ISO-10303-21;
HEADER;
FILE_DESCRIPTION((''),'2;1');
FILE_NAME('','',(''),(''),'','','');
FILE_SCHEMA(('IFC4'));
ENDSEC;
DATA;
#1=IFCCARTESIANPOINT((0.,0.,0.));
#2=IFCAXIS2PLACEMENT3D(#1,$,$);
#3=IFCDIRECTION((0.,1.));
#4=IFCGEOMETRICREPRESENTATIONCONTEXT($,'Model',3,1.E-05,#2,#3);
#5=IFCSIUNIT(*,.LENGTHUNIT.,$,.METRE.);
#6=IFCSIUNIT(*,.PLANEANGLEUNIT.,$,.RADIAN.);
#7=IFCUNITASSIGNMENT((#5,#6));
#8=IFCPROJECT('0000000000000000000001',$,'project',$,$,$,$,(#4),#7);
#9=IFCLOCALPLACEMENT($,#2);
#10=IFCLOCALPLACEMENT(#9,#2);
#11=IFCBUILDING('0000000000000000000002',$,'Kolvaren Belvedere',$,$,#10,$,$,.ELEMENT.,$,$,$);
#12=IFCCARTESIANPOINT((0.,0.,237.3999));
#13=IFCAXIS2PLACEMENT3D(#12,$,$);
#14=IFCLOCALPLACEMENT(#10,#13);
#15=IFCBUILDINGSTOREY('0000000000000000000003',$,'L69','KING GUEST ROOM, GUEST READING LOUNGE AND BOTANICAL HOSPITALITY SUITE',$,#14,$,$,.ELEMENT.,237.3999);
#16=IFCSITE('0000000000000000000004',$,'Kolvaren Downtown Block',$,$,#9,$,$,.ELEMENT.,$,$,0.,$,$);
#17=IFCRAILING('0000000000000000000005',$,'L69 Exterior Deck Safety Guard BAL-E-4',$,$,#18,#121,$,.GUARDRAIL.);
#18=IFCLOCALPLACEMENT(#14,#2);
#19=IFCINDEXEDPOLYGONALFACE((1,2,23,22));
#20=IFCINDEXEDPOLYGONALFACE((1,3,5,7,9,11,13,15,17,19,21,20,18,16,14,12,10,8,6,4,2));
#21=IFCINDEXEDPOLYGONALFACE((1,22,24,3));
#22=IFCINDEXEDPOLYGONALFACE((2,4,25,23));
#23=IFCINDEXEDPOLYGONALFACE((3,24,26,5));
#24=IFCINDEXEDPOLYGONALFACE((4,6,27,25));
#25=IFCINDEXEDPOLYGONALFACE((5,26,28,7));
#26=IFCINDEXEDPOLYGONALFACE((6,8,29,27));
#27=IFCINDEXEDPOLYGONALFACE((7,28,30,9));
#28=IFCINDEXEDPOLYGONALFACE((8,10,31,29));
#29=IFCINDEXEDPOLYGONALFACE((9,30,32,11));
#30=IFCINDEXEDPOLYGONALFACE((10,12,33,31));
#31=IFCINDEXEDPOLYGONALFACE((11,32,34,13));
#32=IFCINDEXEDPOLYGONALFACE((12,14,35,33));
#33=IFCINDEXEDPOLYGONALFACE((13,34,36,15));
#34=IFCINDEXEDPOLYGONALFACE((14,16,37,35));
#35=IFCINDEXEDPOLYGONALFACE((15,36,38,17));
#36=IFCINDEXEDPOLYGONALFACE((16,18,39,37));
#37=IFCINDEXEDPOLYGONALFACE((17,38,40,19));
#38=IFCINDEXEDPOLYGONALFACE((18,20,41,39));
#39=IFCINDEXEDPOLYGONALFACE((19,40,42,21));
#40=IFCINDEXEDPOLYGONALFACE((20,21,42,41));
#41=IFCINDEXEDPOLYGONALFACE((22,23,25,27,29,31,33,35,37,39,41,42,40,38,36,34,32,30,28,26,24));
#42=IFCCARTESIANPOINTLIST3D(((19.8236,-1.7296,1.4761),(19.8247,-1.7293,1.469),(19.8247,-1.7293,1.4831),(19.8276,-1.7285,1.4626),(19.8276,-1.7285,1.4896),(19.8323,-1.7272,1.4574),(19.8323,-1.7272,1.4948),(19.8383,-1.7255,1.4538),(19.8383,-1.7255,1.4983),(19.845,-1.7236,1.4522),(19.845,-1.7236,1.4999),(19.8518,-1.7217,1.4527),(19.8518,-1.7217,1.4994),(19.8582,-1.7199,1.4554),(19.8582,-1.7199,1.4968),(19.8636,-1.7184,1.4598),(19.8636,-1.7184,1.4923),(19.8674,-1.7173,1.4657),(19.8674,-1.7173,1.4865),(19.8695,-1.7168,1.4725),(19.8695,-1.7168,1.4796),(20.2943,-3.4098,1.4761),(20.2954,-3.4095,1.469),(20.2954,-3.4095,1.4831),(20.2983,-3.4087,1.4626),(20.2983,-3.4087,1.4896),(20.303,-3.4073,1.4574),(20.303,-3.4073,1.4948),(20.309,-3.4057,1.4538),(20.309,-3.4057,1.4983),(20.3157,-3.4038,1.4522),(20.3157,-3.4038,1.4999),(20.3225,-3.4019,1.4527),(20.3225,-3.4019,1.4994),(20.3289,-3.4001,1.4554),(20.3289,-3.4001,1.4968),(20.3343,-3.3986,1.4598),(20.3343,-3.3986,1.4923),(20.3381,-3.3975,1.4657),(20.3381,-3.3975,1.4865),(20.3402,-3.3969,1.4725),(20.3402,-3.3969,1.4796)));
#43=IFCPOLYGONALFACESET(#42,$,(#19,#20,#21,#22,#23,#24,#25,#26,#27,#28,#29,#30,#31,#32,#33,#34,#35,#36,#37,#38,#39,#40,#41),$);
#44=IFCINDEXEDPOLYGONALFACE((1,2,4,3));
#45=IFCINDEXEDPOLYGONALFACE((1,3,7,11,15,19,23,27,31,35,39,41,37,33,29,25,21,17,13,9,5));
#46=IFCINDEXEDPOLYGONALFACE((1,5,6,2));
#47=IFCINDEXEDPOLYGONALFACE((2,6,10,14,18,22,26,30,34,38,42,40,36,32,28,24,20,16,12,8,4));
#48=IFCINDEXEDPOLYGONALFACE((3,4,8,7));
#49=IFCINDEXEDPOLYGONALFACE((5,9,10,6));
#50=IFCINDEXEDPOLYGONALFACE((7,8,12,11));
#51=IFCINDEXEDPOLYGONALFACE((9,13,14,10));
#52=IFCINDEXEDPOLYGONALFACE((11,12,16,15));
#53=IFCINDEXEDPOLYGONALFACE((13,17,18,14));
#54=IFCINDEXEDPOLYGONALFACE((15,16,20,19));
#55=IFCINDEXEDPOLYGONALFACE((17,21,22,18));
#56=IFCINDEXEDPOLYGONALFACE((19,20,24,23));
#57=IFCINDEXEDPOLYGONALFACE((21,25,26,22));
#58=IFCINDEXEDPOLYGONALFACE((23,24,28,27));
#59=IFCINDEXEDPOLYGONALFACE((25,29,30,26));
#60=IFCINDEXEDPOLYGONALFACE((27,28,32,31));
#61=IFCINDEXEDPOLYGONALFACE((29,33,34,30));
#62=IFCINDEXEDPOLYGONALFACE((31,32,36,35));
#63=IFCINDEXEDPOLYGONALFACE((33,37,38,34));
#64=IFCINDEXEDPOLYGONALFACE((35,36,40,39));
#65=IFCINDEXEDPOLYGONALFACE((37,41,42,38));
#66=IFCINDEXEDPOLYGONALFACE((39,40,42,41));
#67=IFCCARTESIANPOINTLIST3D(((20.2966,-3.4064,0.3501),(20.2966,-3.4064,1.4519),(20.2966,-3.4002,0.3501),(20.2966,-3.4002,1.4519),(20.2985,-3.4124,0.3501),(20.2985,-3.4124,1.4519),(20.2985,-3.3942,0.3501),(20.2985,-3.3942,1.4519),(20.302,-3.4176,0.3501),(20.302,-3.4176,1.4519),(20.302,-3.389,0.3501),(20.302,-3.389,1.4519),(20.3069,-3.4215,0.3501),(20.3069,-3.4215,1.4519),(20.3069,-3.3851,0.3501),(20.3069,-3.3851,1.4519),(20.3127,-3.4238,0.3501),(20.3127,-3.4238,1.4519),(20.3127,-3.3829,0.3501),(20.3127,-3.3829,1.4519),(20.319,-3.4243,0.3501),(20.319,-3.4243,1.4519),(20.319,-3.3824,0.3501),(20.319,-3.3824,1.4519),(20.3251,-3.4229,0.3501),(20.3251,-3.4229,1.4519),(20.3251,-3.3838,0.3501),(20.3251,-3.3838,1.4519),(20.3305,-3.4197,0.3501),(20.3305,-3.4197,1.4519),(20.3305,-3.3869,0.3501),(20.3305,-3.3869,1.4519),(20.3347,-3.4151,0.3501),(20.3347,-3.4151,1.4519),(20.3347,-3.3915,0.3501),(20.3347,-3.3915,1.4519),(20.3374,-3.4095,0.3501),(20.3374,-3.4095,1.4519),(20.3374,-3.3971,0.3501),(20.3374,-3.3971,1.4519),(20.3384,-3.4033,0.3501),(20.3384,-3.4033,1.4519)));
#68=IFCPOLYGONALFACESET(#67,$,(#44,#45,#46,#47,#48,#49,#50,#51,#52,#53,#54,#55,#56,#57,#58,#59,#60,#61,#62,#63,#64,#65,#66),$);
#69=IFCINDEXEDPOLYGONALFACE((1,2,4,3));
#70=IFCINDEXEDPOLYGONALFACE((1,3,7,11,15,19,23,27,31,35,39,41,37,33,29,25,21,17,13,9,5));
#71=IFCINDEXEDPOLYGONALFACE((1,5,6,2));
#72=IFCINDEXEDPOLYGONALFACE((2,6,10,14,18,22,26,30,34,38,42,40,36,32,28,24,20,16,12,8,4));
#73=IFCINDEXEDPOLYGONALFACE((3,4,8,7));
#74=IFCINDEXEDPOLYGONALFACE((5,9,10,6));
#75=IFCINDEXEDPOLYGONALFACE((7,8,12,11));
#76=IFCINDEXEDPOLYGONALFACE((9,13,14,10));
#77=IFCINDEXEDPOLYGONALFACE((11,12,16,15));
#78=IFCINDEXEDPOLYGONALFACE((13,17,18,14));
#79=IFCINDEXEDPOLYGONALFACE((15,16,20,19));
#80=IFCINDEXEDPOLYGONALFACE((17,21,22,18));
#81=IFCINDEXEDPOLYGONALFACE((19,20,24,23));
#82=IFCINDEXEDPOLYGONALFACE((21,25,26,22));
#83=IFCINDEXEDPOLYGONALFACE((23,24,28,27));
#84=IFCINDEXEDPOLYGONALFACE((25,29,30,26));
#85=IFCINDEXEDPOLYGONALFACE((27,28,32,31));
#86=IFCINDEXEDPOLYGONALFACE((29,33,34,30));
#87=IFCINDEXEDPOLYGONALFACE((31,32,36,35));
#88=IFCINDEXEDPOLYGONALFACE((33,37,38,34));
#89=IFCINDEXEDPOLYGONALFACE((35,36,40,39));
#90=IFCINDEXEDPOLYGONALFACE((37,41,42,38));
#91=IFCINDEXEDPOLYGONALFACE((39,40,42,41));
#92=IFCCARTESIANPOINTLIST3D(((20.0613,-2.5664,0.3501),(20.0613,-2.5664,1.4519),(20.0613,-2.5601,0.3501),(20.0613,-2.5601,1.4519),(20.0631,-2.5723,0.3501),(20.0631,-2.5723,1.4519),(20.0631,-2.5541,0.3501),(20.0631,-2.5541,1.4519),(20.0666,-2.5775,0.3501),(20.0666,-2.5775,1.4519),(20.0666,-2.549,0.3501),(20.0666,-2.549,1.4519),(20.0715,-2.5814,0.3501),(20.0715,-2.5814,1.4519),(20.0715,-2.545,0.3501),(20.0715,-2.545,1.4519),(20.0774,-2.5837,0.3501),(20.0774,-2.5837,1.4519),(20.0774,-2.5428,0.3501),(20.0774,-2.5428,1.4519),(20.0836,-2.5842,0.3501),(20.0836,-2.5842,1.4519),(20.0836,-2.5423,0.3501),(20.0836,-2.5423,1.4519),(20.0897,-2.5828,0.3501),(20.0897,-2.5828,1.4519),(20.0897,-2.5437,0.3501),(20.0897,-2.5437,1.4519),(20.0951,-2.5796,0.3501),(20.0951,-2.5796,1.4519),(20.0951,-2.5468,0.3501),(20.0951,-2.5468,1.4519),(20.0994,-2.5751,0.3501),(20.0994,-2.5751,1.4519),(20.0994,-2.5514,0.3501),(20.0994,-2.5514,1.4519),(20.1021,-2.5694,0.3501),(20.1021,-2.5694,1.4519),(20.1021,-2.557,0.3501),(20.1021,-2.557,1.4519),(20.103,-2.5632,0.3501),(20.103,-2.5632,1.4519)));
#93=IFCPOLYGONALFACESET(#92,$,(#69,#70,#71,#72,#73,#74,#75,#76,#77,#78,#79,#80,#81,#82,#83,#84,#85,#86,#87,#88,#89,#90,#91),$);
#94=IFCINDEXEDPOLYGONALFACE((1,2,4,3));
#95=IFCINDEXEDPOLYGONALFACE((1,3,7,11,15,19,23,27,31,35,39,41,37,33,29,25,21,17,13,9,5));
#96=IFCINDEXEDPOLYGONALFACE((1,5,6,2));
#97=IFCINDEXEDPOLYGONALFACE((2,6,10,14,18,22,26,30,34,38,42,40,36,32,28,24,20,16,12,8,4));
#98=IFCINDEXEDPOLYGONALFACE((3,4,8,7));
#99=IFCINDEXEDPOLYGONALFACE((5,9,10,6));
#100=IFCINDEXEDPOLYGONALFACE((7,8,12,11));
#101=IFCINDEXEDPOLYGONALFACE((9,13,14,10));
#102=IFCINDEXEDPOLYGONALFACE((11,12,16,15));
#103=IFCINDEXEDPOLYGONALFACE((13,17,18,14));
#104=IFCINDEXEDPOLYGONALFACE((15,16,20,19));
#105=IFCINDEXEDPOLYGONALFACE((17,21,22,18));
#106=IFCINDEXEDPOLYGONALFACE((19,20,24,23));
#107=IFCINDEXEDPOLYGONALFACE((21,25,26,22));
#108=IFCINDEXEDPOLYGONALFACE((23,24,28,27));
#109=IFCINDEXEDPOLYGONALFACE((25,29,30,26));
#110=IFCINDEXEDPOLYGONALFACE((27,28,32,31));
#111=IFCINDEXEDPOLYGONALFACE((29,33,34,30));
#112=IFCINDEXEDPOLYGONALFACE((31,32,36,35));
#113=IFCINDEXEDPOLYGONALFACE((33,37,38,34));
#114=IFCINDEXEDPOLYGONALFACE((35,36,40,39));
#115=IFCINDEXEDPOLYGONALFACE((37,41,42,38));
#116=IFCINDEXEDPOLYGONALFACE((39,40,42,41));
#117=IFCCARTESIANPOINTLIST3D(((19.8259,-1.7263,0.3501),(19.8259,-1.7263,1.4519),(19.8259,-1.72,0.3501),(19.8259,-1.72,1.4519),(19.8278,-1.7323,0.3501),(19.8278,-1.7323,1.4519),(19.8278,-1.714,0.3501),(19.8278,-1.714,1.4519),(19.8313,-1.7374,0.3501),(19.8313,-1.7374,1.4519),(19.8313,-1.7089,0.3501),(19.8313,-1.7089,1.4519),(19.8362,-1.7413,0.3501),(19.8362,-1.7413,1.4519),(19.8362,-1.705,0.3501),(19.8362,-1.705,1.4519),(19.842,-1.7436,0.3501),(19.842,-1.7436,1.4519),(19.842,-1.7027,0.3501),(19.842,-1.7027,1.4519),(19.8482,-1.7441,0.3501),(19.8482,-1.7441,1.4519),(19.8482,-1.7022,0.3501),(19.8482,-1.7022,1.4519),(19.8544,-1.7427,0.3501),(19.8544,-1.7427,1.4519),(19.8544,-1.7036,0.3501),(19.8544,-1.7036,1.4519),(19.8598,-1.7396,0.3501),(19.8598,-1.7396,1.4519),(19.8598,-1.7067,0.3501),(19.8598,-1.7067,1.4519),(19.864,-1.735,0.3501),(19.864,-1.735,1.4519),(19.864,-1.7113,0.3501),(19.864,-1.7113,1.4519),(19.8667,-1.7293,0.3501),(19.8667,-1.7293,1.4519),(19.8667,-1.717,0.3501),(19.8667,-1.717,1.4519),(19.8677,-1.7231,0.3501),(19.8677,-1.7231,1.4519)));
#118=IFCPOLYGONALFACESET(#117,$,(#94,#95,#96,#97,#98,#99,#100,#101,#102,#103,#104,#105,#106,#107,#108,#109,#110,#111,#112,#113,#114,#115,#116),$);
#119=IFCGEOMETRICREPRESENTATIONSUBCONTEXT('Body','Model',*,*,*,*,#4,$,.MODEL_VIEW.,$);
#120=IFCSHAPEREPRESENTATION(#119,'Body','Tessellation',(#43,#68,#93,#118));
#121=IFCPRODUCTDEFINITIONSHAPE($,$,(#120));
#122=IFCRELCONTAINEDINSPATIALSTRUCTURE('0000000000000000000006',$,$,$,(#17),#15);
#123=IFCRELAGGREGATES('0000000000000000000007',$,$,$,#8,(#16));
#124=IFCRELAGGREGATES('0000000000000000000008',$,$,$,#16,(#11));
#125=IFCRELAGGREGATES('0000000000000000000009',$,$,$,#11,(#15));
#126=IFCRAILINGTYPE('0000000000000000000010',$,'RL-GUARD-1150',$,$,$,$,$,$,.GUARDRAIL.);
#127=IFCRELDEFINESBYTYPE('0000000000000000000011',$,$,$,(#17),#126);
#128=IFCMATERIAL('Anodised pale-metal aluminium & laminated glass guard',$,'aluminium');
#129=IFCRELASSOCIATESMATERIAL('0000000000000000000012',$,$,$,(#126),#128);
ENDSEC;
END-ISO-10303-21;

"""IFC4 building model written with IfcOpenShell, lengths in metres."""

from ifc_helpers import new_model, si_unit, direction, frame, origin, origin_2d, place, context, subcontext, project, spatial, circle, extrude, material, type_object, element, save


model = new_model("IFC4")

# Units and contexts
model_context = context("Model", 3, precision=1e-05, world=origin(), true_north=direction((0.0, 1.0)))
body_context = subcontext(model_context, "Body", "Model", "MODEL_VIEW")
ifc_project = project(units=[si_unit("LENGTHUNIT", "METRE"), si_unit("PLANEANGLEUNIT", "RADIAN")], contexts=[model_context])

# Site, building, storey
site_placement = place(None, origin())
site = spatial("IfcSite", under=ifc_project, at=site_placement, Name="Kolvaren Downtown Block", CompositionType="ELEMENT", RefElevation=0.0)
building_placement = place(site_placement, origin())
building = spatial("IfcBuilding", under=site, at=building_placement, Name="Kolvaren Belvedere", CompositionType="ELEMENT")
storey_placement = place(building_placement, frame((0.0, 0.0, 237.3999)))
storey = spatial("IfcBuildingStorey", under=building, at=storey_placement, Name="L69", Description="KING GUEST ROOM, GUEST READING LOUNGE AND BOTANICAL HOSPITALITY SUITE", CompositionType="ELEMENT", Elevation=237.3999)

# Railing
ifc_material_1 = material(Name="Anodised pale-metal aluminium & laminated glass guard", Category="aluminium")
railing_type = type_object("IfcRailingType", Name="RL-GUARD-1150", PredefinedType="GUARDRAIL", material=ifc_material_1)
railing_1_placement = place(storey_placement, frame((20.3174, -3.4033, 0.3501)))
element("IfcRailing", 1, at=railing_1_placement, inside=storey, type_object=railing_type, Name="L69 Exterior Deck Safety Guard BAL-E-4", PredefinedType="GUARDRAIL", context=body_context, shape_type="SweptSolid", body=[
    extrude(circle(Radius=0.0239, at=origin_2d()), frame((0.0, 0.0, 1.126), z_axis=(-0.269765, 0.962926, 0.0), x_axis=(-0.962926, -0.269765, 0.0)), (0.0, 0.0, 1.0), 1.7449),
    extrude(circle(Radius=0.021, at=origin_2d()), origin(), (0.0, 0.0, 1.0), 1.1018),
    extrude(circle(Radius=0.021, at=origin_2d()), frame((-0.2354, 0.8401, 0.0)), (0.0, 0.0, 1.0), 1.1018),
    extrude(circle(Radius=0.021, at=origin_2d()), frame((-0.4707, 1.6802, 0.0)), (0.0, 0.0, 1.0), 1.1018),
])

save(model, "model.ifc")
